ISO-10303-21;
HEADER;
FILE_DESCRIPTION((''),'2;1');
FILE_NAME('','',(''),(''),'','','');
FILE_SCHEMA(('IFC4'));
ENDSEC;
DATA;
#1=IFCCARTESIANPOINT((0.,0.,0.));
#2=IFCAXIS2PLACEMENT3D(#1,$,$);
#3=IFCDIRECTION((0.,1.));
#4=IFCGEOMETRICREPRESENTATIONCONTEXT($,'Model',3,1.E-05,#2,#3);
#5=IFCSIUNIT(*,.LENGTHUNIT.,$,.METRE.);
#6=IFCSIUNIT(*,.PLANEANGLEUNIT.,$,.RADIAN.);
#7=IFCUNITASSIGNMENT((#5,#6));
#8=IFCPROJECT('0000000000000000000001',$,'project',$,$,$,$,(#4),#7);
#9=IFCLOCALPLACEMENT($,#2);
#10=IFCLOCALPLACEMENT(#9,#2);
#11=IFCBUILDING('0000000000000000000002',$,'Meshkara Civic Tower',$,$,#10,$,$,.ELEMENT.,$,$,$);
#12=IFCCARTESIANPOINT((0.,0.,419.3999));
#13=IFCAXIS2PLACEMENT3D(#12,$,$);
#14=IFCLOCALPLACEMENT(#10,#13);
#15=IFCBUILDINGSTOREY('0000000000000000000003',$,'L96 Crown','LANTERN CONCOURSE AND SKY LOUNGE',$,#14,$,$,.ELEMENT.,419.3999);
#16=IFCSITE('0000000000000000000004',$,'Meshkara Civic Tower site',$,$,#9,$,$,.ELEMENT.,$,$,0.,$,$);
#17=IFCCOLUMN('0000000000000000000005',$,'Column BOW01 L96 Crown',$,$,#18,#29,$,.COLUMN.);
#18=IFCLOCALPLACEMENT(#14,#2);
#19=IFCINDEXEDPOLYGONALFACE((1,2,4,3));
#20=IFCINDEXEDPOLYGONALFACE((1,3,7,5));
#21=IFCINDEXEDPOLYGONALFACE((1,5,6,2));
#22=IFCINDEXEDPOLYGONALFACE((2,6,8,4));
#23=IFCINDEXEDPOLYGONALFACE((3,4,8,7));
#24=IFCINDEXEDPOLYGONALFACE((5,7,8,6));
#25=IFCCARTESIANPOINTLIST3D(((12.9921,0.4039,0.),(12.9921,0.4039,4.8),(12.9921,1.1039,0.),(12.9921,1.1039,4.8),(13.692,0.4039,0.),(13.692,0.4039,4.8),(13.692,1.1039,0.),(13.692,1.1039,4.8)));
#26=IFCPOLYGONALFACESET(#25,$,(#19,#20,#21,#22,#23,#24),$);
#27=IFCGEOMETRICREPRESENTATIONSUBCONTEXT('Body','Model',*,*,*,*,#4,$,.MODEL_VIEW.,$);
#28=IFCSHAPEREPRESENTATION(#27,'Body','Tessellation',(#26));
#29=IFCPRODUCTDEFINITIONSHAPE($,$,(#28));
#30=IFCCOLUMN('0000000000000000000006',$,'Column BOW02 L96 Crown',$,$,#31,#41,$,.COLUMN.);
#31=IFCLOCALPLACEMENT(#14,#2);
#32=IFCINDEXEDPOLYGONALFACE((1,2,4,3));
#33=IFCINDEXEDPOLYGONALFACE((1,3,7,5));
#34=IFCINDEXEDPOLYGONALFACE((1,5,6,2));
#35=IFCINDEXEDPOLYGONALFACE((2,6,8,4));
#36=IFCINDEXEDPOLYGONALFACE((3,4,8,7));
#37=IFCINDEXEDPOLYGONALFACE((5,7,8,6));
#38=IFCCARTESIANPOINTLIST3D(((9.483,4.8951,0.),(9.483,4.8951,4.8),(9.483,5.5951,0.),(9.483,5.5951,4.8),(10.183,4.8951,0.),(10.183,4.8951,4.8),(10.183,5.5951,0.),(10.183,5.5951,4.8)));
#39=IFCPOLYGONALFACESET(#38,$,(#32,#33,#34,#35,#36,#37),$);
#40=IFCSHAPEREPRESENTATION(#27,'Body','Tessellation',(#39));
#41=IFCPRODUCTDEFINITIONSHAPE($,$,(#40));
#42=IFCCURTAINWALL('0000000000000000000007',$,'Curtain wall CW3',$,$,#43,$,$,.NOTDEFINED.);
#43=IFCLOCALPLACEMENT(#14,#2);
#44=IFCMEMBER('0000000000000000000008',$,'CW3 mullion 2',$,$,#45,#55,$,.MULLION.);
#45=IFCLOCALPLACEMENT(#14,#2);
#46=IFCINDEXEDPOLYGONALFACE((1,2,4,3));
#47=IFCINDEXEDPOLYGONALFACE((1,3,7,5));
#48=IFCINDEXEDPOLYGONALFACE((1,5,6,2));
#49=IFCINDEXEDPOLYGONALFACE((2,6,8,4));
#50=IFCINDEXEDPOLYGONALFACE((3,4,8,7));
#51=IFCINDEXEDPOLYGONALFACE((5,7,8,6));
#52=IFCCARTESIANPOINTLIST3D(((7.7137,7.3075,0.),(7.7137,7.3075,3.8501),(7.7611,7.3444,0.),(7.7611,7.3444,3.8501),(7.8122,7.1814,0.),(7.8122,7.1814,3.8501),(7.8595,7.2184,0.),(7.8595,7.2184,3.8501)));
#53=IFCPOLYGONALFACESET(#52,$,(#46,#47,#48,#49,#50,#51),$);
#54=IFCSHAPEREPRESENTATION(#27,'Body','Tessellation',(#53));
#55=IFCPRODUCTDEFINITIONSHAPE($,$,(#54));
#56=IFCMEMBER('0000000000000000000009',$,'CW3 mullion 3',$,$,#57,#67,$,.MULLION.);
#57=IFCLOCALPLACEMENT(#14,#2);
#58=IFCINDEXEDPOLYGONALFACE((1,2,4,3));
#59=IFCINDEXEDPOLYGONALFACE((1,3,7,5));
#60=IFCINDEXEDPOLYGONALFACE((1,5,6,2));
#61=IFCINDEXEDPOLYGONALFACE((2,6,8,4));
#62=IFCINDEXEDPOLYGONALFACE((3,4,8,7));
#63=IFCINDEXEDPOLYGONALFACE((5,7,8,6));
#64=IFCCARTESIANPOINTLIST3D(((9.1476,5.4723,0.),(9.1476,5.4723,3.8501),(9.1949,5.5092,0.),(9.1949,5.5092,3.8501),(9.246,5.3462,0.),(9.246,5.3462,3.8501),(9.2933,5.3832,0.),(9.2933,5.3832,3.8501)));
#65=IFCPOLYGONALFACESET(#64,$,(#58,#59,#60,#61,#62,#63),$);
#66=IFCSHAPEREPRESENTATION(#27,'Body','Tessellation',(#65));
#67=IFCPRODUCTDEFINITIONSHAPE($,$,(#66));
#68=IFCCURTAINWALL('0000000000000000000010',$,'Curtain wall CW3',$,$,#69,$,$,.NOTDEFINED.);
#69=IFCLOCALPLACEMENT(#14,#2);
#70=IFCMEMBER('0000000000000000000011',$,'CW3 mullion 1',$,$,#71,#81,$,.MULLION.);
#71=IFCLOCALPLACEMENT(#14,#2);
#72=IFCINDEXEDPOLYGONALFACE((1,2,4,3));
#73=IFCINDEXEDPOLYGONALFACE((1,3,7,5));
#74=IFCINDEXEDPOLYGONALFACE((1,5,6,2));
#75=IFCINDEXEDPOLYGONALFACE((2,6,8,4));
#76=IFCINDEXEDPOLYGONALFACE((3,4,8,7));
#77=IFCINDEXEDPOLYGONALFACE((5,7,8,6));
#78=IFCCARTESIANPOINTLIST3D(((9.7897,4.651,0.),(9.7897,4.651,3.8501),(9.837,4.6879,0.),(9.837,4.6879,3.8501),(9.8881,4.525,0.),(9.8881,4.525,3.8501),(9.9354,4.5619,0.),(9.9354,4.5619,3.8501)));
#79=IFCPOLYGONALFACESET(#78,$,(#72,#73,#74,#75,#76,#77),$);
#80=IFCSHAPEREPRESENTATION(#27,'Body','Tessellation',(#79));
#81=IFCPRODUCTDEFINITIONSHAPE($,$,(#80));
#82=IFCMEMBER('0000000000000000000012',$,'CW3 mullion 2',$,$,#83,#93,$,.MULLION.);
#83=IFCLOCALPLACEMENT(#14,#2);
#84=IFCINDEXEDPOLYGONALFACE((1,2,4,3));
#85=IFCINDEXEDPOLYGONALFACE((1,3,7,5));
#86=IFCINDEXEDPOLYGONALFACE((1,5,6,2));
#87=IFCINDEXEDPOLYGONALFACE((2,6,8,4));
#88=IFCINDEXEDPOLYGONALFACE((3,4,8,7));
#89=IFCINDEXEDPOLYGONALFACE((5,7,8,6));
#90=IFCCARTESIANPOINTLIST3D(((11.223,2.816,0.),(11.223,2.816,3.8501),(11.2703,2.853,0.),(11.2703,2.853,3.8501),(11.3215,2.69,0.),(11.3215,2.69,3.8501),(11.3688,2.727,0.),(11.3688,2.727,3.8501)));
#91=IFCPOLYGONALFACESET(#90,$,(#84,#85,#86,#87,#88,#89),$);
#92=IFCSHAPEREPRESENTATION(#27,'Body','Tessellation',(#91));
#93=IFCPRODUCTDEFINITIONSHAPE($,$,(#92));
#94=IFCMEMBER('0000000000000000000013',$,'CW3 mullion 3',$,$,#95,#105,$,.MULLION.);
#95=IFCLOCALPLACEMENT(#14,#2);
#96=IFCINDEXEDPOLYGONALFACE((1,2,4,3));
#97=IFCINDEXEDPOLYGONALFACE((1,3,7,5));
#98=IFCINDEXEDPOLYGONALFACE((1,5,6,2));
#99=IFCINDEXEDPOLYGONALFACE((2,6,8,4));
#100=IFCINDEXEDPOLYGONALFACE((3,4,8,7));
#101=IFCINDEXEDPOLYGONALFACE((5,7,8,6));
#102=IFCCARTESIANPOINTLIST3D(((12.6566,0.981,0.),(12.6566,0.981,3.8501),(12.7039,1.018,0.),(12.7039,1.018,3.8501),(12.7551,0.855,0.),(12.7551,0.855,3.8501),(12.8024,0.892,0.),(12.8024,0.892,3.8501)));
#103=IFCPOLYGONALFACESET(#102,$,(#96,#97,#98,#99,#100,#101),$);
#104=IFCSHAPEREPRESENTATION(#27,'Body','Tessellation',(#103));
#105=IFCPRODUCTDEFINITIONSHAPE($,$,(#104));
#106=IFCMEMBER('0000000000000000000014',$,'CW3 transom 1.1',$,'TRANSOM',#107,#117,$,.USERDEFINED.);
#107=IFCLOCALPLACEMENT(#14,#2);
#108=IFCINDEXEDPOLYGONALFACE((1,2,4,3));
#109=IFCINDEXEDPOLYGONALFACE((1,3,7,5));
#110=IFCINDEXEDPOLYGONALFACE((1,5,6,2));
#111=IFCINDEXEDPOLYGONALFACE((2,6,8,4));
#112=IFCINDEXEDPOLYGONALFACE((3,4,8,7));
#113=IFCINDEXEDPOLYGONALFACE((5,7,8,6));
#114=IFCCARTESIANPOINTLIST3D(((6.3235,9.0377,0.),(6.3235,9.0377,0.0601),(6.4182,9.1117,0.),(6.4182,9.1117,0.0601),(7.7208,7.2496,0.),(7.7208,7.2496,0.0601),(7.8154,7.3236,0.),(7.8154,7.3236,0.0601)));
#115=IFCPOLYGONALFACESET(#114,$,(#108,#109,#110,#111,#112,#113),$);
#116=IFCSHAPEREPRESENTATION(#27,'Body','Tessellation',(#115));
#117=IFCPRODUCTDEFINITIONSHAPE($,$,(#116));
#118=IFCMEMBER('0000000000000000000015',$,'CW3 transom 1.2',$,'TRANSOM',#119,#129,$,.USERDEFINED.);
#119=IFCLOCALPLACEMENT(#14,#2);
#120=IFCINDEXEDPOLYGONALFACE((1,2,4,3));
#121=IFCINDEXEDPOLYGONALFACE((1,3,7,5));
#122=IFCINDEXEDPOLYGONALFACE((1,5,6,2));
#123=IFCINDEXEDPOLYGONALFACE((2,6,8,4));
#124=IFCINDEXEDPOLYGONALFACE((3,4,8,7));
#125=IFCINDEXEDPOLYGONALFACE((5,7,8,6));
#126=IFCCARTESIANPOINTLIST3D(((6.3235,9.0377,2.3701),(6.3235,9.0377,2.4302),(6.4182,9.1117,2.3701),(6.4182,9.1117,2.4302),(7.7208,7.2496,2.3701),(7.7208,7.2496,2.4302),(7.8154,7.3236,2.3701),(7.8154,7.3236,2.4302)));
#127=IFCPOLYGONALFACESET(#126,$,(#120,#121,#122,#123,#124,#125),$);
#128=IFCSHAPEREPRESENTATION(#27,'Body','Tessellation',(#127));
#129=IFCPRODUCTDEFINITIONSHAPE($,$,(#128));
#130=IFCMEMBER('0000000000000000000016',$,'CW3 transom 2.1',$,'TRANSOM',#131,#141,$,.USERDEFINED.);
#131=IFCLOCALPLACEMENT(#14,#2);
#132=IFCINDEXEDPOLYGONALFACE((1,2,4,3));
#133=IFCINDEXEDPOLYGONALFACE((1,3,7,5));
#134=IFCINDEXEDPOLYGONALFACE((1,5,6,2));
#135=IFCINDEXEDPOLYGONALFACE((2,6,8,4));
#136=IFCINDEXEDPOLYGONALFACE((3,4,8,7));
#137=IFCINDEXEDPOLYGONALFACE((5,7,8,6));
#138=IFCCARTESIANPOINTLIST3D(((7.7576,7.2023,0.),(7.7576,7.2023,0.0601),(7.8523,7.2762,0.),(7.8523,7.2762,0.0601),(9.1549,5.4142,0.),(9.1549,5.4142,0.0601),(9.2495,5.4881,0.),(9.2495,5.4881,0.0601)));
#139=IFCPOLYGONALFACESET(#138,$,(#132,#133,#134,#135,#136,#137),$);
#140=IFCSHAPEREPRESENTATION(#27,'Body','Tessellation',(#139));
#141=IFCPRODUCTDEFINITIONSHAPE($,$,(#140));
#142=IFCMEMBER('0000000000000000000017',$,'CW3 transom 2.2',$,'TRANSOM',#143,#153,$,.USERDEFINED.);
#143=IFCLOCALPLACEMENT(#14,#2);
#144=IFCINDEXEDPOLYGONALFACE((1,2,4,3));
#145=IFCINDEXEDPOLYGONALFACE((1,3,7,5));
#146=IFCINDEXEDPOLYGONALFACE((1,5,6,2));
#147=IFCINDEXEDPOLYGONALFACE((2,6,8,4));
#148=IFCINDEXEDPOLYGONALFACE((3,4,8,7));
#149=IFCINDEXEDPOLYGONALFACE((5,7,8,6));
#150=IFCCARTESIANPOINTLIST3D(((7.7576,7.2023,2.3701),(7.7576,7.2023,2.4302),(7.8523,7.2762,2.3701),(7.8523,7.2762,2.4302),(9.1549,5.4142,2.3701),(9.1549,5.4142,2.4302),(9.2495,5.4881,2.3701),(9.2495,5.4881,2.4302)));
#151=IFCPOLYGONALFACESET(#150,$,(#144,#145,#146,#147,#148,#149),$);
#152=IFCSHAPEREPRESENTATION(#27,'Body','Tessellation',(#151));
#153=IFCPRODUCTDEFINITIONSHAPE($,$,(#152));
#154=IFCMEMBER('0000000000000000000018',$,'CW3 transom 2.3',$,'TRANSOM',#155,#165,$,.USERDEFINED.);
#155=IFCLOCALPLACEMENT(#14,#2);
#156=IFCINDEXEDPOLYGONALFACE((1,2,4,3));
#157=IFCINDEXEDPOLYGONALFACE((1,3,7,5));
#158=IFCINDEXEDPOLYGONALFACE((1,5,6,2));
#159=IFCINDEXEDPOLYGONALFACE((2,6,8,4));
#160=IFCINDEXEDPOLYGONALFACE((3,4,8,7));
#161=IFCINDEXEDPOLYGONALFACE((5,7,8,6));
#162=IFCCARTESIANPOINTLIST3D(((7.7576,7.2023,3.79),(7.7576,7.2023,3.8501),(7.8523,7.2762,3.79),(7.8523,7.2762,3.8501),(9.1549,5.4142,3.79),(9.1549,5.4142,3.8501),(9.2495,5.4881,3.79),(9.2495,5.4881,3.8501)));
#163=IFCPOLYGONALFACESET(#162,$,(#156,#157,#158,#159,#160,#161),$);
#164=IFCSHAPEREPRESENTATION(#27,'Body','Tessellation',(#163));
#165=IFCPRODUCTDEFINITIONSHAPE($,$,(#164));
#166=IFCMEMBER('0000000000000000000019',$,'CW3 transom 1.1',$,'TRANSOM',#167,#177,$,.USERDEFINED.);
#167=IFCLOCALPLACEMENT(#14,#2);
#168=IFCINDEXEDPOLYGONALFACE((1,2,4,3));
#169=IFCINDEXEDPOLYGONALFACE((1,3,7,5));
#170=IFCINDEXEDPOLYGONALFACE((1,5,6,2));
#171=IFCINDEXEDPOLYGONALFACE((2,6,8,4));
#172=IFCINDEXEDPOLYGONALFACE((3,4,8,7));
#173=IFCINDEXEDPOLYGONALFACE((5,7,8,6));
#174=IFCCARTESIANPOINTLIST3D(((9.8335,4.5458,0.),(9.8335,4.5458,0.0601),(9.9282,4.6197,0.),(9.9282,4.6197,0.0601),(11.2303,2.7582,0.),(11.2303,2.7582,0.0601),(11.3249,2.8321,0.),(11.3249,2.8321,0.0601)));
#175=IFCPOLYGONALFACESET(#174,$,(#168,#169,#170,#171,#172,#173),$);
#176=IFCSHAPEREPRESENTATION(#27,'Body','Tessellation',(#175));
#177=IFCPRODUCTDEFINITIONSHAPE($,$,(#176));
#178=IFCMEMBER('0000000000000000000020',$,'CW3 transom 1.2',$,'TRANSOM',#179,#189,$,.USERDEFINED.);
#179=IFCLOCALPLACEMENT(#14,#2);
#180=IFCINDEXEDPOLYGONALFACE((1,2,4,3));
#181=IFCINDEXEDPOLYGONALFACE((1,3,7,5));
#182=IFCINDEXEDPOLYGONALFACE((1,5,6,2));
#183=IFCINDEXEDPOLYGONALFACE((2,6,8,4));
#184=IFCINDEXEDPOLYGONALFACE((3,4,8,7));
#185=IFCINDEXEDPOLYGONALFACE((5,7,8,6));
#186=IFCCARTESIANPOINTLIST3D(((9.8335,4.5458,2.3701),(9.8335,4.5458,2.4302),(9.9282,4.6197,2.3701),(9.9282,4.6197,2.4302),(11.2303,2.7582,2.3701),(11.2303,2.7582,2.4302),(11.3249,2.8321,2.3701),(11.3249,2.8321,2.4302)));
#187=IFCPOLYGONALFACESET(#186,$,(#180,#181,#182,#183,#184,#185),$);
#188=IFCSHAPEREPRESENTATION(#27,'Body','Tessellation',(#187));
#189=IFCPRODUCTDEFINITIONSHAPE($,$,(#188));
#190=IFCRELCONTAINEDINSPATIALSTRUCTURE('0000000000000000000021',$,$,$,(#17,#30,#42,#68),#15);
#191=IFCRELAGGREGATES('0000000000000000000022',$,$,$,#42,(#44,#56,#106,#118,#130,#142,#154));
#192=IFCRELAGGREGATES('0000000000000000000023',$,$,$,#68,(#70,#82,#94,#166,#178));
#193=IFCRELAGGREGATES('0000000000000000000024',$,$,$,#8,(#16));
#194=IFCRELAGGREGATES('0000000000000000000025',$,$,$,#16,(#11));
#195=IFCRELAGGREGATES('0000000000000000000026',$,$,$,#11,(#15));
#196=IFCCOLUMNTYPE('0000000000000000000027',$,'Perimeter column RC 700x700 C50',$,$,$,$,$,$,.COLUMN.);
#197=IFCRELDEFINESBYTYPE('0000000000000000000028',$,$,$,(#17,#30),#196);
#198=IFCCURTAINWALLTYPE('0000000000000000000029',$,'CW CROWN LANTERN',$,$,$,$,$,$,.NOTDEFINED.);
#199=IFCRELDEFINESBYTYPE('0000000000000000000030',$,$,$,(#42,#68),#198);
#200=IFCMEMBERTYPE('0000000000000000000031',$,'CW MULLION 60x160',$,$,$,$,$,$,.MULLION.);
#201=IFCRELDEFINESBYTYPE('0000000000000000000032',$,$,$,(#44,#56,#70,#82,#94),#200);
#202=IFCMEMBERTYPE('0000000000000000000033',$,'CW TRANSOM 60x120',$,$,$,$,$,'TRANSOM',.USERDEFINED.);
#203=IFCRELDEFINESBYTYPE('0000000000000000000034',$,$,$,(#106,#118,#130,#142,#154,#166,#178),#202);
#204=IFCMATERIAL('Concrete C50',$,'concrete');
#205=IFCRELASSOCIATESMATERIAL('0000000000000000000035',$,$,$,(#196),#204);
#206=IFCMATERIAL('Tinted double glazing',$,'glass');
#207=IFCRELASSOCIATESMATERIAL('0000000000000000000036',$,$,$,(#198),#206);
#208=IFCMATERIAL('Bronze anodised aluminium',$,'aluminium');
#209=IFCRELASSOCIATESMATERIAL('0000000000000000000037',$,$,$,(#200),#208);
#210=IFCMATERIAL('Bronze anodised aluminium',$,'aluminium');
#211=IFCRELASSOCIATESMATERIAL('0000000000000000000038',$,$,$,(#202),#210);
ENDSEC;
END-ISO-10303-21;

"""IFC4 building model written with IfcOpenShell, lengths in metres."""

from ifc_helpers import new_model, si_unit, direction, frame, origin, origin_2d, place, context, subcontext, project, spatial, rectangle, extrude, material, material_profile, profile_set, type_object, element, aggregate, save


model = new_model("IFC4")

# Units and contexts
model_context = context("Model", 3, precision=1e-05, world=origin(), true_north=direction((0.0, 1.0)))
body_context = subcontext(model_context, "Body", "Model", "MODEL_VIEW")
ifc_project = project(units=[si_unit("LENGTHUNIT", "METRE"), si_unit("PLANEANGLEUNIT", "RADIAN")], contexts=[model_context])

# Site, building, storey
site_placement = place(None, origin())
site = spatial("IfcSite", under=ifc_project, at=site_placement, Name="Meshkara Civic Tower site", CompositionType="ELEMENT", RefElevation=0.0)
building_placement = place(site_placement, origin())
building = spatial("IfcBuilding", under=site, at=building_placement, Name="Meshkara Civic Tower", CompositionType="ELEMENT")
storey_placement = place(building_placement, frame((0.0, 0.0, 419.3999)))
storey = spatial("IfcBuildingStorey", under=building, at=storey_placement, Name="L96 Crown", Description="LANTERN CONCOURSE AND SKY LOUNGE", CompositionType="ELEMENT", Elevation=419.3999)

# Columns
ifc_material_1 = material(Name="Concrete C50", Category="concrete")
ifc_material_profile_1 = material_profile(ifc_material_1, rectangle(XDim=0.7, YDim=0.7, at=origin_2d()))
ifc_profile_set_1 = profile_set([ifc_material_profile_1], Name="Concrete C50")
column_type = type_object("IfcColumnType", Name="Perimeter column RC 700x700 C50", PredefinedType="COLUMN", material=ifc_profile_set_1)
for number, where, z_axis, x_axis, name in (
    (1, (13.342, 0.7539, 0.0), (0.0, 0.0, 1.0), (1.0, 0.0, 0.0), "Column BOW01 L96 Crown"),
    (2, (9.833, 5.2451, 0.0), (0.0, 0.0, 1.0), (1.0, 0.0, 0.0), "Column BOW02 L96 Crown"),
):
    element("IfcColumn", number, at=place(storey_placement, frame(where, z_axis=z_axis, x_axis=x_axis)), inside=storey, type_object=column_type, Name=name, PredefinedType="COLUMN", context=body_context, shape_type="SweptSolid", body=[
        extrude(rectangle(XDim=0.7, YDim=0.7, at=origin_2d()), origin(), (0.0, 0.0, 1.0), 4.8),
    ])

# Curtain walls, members
ifc_material_2 = material(Name="Tinted double glazing", Category="glass")
curtain_wall_type = type_object("IfcCurtainWallType", Name="CW CROWN LANTERN", PredefinedType="NOTDEFINED", material=ifc_material_2)
curtain_wall_1_placement = place(storey_placement, origin())
curtain_wall_1 = element("IfcCurtainWall", 3, at=curtain_wall_1_placement, inside=storey, type_object=curtain_wall_type, Name="Curtain wall CW3", PredefinedType="NOTDEFINED")
ifc_material_3 = material(Name="Bronze anodised aluminium", Category="aluminium")
ifc_material_profile_2 = material_profile(ifc_material_3, rectangle(XDim=0.0601, YDim=0.1599, at=origin_2d()))
ifc_profile_set_2 = profile_set([ifc_material_profile_2], Name="Bronze anodised aluminium")
member_type_1 = type_object("IfcMemberType", Name="CW MULLION 60x160", PredefinedType="MULLION", material=ifc_profile_set_2)
member_1_placement = place(storey_placement, frame((7.7866, 7.2629, 0.0), z_axis=(0.0, 0.0, 1.0), x_axis=(0.787992, 0.615685, 0.0)))
member_1 = element("IfcMember", 4, at=member_1_placement, type_object=member_type_1, Name="CW3 mullion 2", PredefinedType="MULLION", context=body_context, shape_type="SweptSolid", body=[
    extrude(rectangle(XDim=0.0601, YDim=0.1599, at=origin_2d()), origin(), (0.0, 0.0, 1.0), 3.8501),
])
member_2_placement = place(storey_placement, frame((9.2205, 5.4277, 0.0), z_axis=(0.0, 0.0, 1.0), x_axis=(0.787992, 0.615685, 0.0)))
member_2 = element("IfcMember", 5, at=member_2_placement, type_object=member_type_1, Name="CW3 mullion 3", PredefinedType="MULLION", context=body_context, shape_type="SweptSolid", body=[
    extrude(rectangle(XDim=0.0601, YDim=0.1599, at=origin_2d()), origin(), (0.0, 0.0, 1.0), 3.8501),
])
curtain_wall_2_placement = place(storey_placement, origin())
curtain_wall_2 = element("IfcCurtainWall", 6, at=curtain_wall_2_placement, inside=storey, type_object=curtain_wall_type, Name="Curtain wall CW3", PredefinedType="NOTDEFINED")
member_3_placement = place(storey_placement, frame((9.8625, 4.6064, 0.0), z_axis=(0.0, 0.0, 1.0), x_axis=(0.788015, 0.615656, 0.0)))
member_3 = element("IfcMember", 7, at=member_3_placement, type_object=member_type_1, Name="CW3 mullion 1", PredefinedType="MULLION", context=body_context, shape_type="SweptSolid", body=[
    extrude(rectangle(XDim=0.0601, YDim=0.1599, at=origin_2d()), origin(), (0.0, 0.0, 1.0), 3.8501),
])
member_4_placement = place(storey_placement, frame((11.2959, 2.7715, 0.0), z_axis=(0.0, 0.0, 1.0), x_axis=(0.788015, 0.615656, 0.0)))
member_4 = element("IfcMember", 8, at=member_4_placement, type_object=member_type_1, Name="CW3 mullion 2", PredefinedType="MULLION", context=body_context, shape_type="SweptSolid", body=[
    extrude(rectangle(XDim=0.0601, YDim=0.1599, at=origin_2d()), origin(), (0.0, 0.0, 1.0), 3.8501),
])
member_5_placement = place(storey_placement, frame((12.7295, 0.9365, 0.0), z_axis=(0.0, 0.0, 1.0), x_axis=(0.788015, 0.615656, 0.0)))
member_5 = element("IfcMember", 9, at=member_5_placement, type_object=member_type_1, Name="CW3 mullion 3", PredefinedType="MULLION", context=body_context, shape_type="SweptSolid", body=[
    extrude(rectangle(XDim=0.0601, YDim=0.1599, at=origin_2d()), origin(), (0.0, 0.0, 1.0), 3.8501),
])

# Members
ifc_material_4 = material(Name="Bronze anodised aluminium", Category="aluminium")
ifc_material_profile_3 = material_profile(ifc_material_4, rectangle(XDim=0.1201, YDim=0.0601, at=origin_2d()))
ifc_profile_set_3 = profile_set([ifc_material_profile_3], Name="Bronze anodised aluminium")
member_type_2 = type_object("IfcMemberType", Name="CW TRANSOM 60x120", ElementType="TRANSOM", PredefinedType="USERDEFINED", material=ifc_profile_set_3)
member_6_placement = place(storey_placement, frame((6.3708, 9.0747, 0.03), z_axis=(0.615719, -0.787966, 0.0), x_axis=(0.787966, 0.615719, 0.0)))
member_6 = element("IfcMember", 10, at=member_6_placement, type_object=member_type_2, Name="CW3 transom 1.1", ObjectType="TRANSOM", PredefinedType="USERDEFINED", context=body_context, shape_type="SweptSolid", body=[
    extrude(rectangle(XDim=0.1201, YDim=0.0601, at=origin_2d()), origin(), (0.0, 0.0, 1.0), 2.2693),
])
member_7_placement = place(storey_placement, frame((6.3708, 9.0747, 2.4001), z_axis=(0.615719, -0.787966, 0.0), x_axis=(0.787966, 0.615719, 0.0)))
member_7 = element("IfcMember", 11, at=member_7_placement, type_object=member_type_2, Name="CW3 transom 1.2", ObjectType="TRANSOM", PredefinedType="USERDEFINED", context=body_context, shape_type="SweptSolid", body=[
    extrude(rectangle(XDim=0.1201, YDim=0.0601, at=origin_2d()), origin(), (0.0, 0.0, 1.0), 2.2693),
])
member_8_placement = place(storey_placement, frame((7.8049, 7.2393, 0.03), z_axis=(0.615719, -0.787966, 0.0), x_axis=(0.787966, 0.615719, 0.0)))
member_8 = element("IfcMember", 12, at=member_8_placement, type_object=member_type_2, Name="CW3 transom 2.1", ObjectType="TRANSOM", PredefinedType="USERDEFINED", context=body_context, shape_type="SweptSolid", body=[
    extrude(rectangle(XDim=0.1201, YDim=0.0601, at=origin_2d()), origin(), (0.0, 0.0, 1.0), 2.2693),
])
member_9_placement = place(storey_placement, frame((7.8049, 7.2393, 2.4001), z_axis=(0.615719, -0.787966, 0.0), x_axis=(0.787966, 0.615719, 0.0)))
member_9 = element("IfcMember", 13, at=member_9_placement, type_object=member_type_2, Name="CW3 transom 2.2", ObjectType="TRANSOM", PredefinedType="USERDEFINED", context=body_context, shape_type="SweptSolid", body=[
    extrude(rectangle(XDim=0.1201, YDim=0.0601, at=origin_2d()), origin(), (0.0, 0.0, 1.0), 2.2693),
])
member_10_placement = place(storey_placement, frame((7.8049, 7.2393, 3.8201), z_axis=(0.615719, -0.787966, 0.0), x_axis=(0.787966, 0.615719, 0.0)))
member_10 = element("IfcMember", 14, at=member_10_placement, type_object=member_type_2, Name="CW3 transom 2.3", ObjectType="TRANSOM", PredefinedType="USERDEFINED", context=body_context, shape_type="SweptSolid", body=[
    extrude(rectangle(XDim=0.1201, YDim=0.0601, at=origin_2d()), origin(), (0.0, 0.0, 1.0), 2.2693),
])
member_11_placement = place(storey_placement, frame((9.8809, 4.5828, 0.03), z_axis=(0.61569, -0.787988, 0.0), x_axis=(0.787988, 0.61569, 0.0)))
member_11 = element("IfcMember", 15, at=member_11_placement, type_object=member_type_2, Name="CW3 transom 1.1", ObjectType="TRANSOM", PredefinedType="USERDEFINED", context=body_context, shape_type="SweptSolid", body=[
    extrude(rectangle(XDim=0.1201, YDim=0.0601, at=origin_2d()), origin(), (0.0, 0.0, 1.0), 2.2686),
])
member_12_placement = place(storey_placement, frame((9.8809, 4.5828, 2.4001), z_axis=(0.61569, -0.787988, 0.0), x_axis=(0.787988, 0.61569, 0.0)))
member_12 = element("IfcMember", 16, at=member_12_placement, type_object=member_type_2, Name="CW3 transom 1.2", ObjectType="TRANSOM", PredefinedType="USERDEFINED", context=body_context, shape_type="SweptSolid", body=[
    extrude(rectangle(XDim=0.1201, YDim=0.0601, at=origin_2d()), origin(), (0.0, 0.0, 1.0), 2.2686),
])

aggregate(curtain_wall_1, [member_1, member_2, member_6, member_7, member_8, member_9, member_10])
aggregate(curtain_wall_2, [member_3, member_4, member_5, member_11, member_12])

save(model, "model.ifc")
